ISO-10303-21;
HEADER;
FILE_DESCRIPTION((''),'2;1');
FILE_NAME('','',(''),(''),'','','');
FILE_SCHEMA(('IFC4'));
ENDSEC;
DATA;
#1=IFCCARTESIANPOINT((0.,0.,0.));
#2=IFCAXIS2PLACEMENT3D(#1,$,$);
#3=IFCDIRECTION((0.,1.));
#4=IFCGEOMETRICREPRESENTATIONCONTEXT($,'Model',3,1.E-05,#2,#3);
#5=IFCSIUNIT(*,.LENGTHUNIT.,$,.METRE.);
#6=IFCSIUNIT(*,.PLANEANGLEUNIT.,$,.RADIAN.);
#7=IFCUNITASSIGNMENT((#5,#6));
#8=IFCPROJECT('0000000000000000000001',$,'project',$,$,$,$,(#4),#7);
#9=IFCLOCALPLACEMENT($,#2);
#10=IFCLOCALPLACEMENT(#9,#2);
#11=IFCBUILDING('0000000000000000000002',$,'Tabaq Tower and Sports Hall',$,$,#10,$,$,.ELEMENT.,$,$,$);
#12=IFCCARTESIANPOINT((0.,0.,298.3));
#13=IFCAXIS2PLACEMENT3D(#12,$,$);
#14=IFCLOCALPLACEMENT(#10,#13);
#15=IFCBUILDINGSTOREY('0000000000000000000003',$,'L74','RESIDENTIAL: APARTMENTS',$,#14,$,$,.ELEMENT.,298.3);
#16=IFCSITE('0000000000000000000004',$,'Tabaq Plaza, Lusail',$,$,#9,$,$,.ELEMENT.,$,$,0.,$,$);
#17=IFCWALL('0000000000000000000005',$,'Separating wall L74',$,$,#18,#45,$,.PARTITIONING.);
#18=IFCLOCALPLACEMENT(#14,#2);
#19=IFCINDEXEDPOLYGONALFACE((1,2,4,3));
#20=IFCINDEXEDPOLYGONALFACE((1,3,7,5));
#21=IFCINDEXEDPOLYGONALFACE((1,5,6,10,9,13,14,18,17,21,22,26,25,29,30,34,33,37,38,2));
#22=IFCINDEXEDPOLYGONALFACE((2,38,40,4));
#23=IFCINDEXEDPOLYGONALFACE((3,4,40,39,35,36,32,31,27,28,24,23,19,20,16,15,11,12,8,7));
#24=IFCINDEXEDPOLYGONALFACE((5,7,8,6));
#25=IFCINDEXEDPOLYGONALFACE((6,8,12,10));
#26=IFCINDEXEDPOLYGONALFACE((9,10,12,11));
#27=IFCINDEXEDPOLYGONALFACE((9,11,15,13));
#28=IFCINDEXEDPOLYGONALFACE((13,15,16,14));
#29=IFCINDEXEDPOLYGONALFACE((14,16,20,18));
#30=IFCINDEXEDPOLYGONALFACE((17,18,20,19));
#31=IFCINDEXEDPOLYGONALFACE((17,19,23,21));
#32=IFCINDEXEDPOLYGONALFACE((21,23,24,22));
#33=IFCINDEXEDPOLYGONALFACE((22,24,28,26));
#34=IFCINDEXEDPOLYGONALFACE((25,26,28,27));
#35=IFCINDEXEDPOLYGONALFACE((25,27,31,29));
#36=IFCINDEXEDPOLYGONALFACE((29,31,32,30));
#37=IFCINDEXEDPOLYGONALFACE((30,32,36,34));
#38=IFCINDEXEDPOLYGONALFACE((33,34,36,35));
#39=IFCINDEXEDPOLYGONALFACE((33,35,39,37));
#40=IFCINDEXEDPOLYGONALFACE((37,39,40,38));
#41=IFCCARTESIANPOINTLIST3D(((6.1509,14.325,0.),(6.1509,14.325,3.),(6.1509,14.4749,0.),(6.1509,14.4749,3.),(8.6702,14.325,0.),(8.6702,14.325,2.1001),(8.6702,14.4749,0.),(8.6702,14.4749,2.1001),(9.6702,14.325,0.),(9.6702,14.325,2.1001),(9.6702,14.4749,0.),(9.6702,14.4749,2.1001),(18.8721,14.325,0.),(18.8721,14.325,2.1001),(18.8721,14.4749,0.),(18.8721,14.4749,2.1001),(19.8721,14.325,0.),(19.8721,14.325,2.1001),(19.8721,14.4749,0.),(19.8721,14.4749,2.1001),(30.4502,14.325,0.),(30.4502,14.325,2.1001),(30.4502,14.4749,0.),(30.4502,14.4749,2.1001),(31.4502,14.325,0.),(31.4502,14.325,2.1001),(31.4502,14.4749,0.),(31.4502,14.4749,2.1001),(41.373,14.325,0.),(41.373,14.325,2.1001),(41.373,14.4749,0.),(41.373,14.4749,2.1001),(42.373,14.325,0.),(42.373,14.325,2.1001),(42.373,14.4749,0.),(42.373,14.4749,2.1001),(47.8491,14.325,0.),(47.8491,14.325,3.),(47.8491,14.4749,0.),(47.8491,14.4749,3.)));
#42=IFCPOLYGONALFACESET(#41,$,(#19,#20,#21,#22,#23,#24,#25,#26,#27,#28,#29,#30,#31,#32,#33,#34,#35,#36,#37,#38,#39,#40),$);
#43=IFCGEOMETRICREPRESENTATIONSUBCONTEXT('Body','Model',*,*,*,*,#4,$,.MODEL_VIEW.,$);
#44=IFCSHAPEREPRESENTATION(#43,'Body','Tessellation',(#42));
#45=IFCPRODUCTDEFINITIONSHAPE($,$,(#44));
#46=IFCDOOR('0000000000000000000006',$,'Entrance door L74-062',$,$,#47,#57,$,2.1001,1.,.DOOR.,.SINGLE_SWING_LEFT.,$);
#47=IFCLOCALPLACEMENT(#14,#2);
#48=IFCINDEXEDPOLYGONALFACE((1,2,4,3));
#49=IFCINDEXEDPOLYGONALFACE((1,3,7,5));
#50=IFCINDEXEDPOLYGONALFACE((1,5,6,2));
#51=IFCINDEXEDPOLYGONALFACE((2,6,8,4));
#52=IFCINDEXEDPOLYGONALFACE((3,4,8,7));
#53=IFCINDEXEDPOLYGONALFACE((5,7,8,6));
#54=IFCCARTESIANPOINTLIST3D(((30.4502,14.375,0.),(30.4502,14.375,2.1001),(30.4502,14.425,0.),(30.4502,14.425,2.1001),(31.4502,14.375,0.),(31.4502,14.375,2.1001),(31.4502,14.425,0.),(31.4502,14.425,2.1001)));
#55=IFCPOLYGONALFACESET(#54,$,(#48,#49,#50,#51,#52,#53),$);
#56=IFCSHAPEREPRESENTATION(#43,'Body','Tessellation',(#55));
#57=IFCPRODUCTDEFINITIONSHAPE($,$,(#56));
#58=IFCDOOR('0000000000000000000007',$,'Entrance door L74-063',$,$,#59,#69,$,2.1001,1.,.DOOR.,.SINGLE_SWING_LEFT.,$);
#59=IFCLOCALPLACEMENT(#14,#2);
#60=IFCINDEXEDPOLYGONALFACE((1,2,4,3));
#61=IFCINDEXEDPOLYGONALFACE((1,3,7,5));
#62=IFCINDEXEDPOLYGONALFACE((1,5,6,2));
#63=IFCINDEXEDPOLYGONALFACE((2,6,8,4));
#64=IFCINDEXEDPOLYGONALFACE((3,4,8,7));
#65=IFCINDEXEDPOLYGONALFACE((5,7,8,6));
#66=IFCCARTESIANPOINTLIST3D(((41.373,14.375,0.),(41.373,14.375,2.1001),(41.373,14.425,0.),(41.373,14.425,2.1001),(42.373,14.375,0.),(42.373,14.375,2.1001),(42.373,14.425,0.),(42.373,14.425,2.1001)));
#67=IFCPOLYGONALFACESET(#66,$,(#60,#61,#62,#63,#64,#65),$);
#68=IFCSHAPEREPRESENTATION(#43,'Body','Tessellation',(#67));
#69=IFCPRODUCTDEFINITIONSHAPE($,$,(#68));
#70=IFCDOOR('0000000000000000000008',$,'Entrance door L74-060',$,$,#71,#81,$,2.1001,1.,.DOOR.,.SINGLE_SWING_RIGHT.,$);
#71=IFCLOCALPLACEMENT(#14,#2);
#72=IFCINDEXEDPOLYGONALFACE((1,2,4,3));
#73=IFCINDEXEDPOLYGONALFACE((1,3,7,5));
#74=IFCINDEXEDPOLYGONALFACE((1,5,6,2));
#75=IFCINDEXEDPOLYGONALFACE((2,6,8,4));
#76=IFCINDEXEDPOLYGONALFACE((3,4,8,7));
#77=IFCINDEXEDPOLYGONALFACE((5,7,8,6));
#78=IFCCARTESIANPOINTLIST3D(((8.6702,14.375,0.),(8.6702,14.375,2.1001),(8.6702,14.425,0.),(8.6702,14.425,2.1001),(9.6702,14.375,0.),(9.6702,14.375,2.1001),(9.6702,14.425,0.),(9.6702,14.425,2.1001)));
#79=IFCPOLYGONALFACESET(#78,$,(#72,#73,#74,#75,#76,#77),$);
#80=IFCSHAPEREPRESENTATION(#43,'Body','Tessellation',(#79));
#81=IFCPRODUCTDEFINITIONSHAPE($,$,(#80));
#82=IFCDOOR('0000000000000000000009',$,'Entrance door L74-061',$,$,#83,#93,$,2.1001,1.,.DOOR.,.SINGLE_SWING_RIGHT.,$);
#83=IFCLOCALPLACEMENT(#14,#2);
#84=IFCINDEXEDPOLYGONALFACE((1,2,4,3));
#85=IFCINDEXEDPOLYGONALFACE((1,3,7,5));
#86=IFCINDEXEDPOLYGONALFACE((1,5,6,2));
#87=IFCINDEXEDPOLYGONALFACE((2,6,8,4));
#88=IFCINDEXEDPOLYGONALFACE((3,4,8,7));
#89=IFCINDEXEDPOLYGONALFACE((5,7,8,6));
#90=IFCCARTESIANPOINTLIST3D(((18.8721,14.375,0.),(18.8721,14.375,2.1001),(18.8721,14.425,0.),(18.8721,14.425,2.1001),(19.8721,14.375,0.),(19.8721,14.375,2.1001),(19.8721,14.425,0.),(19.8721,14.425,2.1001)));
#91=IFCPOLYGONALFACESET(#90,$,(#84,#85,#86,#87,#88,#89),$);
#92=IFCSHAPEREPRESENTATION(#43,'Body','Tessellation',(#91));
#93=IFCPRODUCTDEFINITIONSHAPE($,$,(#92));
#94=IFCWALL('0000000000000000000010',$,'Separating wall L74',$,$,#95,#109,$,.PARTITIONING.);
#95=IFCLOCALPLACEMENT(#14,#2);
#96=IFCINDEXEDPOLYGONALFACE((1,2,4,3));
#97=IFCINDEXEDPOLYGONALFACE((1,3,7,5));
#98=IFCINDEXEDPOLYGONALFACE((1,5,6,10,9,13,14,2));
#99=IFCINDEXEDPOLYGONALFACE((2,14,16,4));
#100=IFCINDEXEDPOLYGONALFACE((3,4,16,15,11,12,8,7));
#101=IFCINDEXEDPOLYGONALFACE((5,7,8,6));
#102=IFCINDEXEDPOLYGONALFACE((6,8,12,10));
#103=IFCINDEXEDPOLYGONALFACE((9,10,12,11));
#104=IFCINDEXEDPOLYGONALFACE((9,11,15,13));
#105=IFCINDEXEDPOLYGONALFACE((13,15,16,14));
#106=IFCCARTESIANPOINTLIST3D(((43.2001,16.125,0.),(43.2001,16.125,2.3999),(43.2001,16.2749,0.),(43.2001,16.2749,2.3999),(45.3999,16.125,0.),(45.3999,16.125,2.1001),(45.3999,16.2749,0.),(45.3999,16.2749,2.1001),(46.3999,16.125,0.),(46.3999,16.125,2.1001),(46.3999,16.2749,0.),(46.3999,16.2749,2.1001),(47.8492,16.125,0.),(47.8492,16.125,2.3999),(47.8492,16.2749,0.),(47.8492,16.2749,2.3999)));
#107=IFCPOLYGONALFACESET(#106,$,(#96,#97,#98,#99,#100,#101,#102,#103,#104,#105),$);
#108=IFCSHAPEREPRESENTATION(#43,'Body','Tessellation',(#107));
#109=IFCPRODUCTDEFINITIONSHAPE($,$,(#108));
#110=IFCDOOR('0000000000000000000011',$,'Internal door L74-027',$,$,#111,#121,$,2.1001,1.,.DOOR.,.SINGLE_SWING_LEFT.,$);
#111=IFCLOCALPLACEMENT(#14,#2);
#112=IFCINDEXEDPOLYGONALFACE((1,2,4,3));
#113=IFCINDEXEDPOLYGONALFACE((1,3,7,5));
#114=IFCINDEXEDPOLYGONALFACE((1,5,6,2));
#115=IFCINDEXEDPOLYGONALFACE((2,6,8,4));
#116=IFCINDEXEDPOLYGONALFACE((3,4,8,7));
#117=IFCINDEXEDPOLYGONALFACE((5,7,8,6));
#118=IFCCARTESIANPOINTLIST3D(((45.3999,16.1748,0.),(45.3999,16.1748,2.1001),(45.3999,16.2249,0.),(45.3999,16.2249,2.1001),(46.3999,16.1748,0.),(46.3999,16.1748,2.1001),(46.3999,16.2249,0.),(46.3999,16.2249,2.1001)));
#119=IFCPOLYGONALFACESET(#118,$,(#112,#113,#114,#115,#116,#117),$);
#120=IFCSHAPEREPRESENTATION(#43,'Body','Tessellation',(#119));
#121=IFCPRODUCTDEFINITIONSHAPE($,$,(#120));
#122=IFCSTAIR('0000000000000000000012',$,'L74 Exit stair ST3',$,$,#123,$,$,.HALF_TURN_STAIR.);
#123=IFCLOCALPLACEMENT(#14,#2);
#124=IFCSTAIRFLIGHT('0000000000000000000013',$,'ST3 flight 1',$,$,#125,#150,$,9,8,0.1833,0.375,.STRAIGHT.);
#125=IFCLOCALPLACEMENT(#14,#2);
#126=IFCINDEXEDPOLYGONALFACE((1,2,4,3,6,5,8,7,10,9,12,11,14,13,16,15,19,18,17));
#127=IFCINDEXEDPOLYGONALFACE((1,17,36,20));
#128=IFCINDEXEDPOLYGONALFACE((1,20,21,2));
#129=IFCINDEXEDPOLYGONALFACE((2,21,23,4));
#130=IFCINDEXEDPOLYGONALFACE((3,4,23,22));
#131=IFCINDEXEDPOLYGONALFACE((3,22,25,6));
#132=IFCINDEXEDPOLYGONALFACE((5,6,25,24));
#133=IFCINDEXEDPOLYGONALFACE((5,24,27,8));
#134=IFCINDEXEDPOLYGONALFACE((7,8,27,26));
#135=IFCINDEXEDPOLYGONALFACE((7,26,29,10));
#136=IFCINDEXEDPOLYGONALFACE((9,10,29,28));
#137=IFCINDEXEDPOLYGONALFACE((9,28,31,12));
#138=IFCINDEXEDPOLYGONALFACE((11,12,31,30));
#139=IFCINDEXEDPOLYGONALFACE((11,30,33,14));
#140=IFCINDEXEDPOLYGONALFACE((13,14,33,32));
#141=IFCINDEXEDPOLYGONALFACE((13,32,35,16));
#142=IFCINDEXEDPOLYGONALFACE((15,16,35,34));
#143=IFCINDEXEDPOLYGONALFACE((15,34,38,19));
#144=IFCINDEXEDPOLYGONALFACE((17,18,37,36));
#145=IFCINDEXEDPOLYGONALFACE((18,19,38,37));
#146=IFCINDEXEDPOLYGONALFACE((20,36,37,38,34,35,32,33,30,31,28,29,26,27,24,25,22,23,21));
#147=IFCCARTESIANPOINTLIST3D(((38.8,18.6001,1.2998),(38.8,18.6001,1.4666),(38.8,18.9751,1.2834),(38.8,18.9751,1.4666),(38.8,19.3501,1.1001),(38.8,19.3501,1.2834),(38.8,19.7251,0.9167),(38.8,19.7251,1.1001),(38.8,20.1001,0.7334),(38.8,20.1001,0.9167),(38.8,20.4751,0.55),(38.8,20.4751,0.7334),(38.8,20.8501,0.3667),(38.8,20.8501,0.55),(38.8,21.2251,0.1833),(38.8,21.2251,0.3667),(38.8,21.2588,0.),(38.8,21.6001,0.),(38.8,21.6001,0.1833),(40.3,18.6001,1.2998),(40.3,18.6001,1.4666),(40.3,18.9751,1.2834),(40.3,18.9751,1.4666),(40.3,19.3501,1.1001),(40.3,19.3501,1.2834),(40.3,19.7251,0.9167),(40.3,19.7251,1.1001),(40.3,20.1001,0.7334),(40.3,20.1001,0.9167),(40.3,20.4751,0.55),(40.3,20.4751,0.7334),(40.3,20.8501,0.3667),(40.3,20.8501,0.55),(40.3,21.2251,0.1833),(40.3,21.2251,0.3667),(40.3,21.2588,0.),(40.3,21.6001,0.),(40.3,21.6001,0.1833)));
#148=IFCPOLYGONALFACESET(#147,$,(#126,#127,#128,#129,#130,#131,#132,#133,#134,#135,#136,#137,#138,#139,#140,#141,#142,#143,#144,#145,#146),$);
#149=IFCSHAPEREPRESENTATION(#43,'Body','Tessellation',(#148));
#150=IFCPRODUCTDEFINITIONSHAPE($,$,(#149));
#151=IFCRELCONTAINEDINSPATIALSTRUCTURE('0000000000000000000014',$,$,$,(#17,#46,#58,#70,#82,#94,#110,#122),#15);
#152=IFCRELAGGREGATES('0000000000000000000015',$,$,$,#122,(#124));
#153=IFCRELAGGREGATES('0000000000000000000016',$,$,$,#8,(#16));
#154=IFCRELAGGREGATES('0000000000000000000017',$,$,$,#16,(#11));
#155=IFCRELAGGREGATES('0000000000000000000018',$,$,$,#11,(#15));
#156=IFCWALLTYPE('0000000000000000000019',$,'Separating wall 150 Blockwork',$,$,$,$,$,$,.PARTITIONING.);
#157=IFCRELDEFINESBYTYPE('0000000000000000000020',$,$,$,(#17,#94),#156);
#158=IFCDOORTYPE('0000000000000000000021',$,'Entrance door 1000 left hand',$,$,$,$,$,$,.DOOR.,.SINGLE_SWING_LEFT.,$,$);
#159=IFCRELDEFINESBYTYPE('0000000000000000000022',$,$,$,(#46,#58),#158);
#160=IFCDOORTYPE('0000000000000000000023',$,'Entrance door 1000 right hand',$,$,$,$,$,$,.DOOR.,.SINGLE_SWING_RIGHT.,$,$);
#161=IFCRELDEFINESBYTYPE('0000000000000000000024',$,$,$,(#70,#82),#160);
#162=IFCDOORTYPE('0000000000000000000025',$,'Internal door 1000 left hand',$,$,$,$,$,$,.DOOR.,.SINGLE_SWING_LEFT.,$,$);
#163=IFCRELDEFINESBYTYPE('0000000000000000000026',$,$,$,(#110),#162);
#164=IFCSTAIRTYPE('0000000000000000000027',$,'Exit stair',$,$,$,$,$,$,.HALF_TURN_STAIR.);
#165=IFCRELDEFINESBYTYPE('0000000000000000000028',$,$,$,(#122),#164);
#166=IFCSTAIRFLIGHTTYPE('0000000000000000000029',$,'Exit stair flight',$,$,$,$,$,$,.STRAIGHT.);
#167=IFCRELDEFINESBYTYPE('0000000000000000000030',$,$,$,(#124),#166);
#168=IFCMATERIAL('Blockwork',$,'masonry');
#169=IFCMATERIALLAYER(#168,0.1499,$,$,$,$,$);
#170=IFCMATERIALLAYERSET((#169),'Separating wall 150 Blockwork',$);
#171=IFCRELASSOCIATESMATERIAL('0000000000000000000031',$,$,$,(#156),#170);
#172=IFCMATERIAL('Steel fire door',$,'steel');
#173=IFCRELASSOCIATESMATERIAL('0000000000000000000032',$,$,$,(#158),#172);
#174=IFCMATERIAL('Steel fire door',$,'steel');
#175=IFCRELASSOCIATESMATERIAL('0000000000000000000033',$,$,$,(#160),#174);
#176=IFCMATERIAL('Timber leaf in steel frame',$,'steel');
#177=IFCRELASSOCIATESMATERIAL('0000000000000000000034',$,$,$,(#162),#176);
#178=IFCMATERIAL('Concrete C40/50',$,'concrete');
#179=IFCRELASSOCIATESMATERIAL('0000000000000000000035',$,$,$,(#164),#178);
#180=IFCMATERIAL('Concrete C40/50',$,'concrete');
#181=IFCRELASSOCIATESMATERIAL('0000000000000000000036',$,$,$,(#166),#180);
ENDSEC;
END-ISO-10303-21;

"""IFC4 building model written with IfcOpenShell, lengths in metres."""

from ifc_helpers import new_model, si_unit, direction, frame, frame_2d, origin, place, context, subcontext, project, spatial, polyline, rectangle, outline, extrude, material, layer, layer_set, type_object, element, fill, aggregate, save


model = new_model("IFC4")

# Units and contexts
model_context = context("Model", 3, precision=1e-05, world=origin(), true_north=direction((0.0, 1.0)))
body_context = subcontext(model_context, "Body", "Model", "MODEL_VIEW")
ifc_project = project(units=[si_unit("LENGTHUNIT", "METRE"), si_unit("PLANEANGLEUNIT", "RADIAN")], contexts=[model_context])

# Site, building, storey
site_placement = place(None, origin())
site = spatial("IfcSite", under=ifc_project, at=site_placement, Name="Tabaq Plaza, Lusail", CompositionType="ELEMENT", RefElevation=0.0)
building_placement = place(site_placement, origin())
building = spatial("IfcBuilding", under=site, at=building_placement, Name="Tabaq Tower and Sports Hall", CompositionType="ELEMENT")
storey_placement = place(building_placement, frame((0.0, 0.0, 298.3)))
storey = spatial("IfcBuildingStorey", under=building, at=storey_placement, Name="L74", Description="RESIDENTIAL: APARTMENTS", CompositionType="ELEMENT", Elevation=298.3)

# Wall, openings, doors
ifc_material_1 = material(Name="Blockwork", Category="masonry")
ifc_layer_1 = layer(ifc_material_1, 0.1499)
ifc_layer_set_1 = layer_set([ifc_layer_1], Name="Separating wall 150 Blockwork")
wall_type_1 = type_object("IfcWallType", Name="Separating wall 150 Blockwork", PredefinedType="PARTITIONING", material=ifc_layer_set_1)
wall_1_placement = place(storey_placement, frame((47.8491, 14.3999, 0.0), z_axis=(0.0, 0.0, 1.0), x_axis=(-1.0, 0.0, 0.0)))
wall_1 = element("IfcWall", 1, at=wall_1_placement, inside=storey, type_object=wall_type_1, Name="Separating wall L74", PredefinedType="PARTITIONING", context=body_context, shape_type="SweptSolid", body=[
    extrude(rectangle(XDim=41.6982, YDim=0.1499, at=frame_2d((20.8491, 0.0))), origin(), (0.0, 0.0, 1.0), 3.0),
])
opening_1_placement = place(wall_1_placement, frame((38.179, 0.0, 0.0)))
opening_1 = element("IfcOpeningElement", 2, at=opening_1_placement, cuts=wall_1, PredefinedType="OPENING", context=body_context, shape_type="SweptSolid", body=[
    extrude(rectangle(XDim=1.0, YDim=2.1001, at=frame_2d((0.5, 1.05))), frame((0.0, 0.075, 0.0), z_axis=(0.0, -1.0, 0.0), x_axis=(1.0, 0.0, 0.0)), (0.0, 0.0, 1.0), 0.1499),
])
opening_2_placement = place(wall_1_placement, frame((27.9771, 0.0, 0.0)))
opening_2 = element("IfcOpeningElement", 3, at=opening_2_placement, cuts=wall_1, PredefinedType="OPENING", context=body_context, shape_type="SweptSolid", body=[
    extrude(rectangle(XDim=1.0, YDim=2.1001, at=frame_2d((0.5, 1.05))), frame((0.0, 0.075, 0.0), z_axis=(0.0, -1.0, 0.0), x_axis=(1.0, 0.0, 0.0)), (0.0, 0.0, 1.0), 0.1499),
])
opening_3_placement = place(wall_1_placement, frame((16.3989, 0.0, 0.0)))
opening_3 = element("IfcOpeningElement", 4, at=opening_3_placement, cuts=wall_1, PredefinedType="OPENING", context=body_context, shape_type="SweptSolid", body=[
    extrude(rectangle(XDim=1.0, YDim=2.1001, at=frame_2d((0.5, 1.05))), frame((0.0, 0.075, 0.0), z_axis=(0.0, -1.0, 0.0), x_axis=(1.0, 0.0, 0.0)), (0.0, 0.0, 1.0), 0.1499),
])
opening_4_placement = place(wall_1_placement, frame((5.4761, 0.0, 0.0)))
opening_4 = element("IfcOpeningElement", 5, at=opening_4_placement, cuts=wall_1, PredefinedType="OPENING", context=body_context, shape_type="SweptSolid", body=[
    extrude(rectangle(XDim=1.0, YDim=2.1001, at=frame_2d((0.5, 1.05))), frame((0.0, 0.075, 0.0), z_axis=(0.0, -1.0, 0.0), x_axis=(1.0, 0.0, 0.0)), (0.0, 0.0, 1.0), 0.1499),
])
ifc_material_2 = material(Name="Steel fire door", Category="steel")
door_type_1 = type_object("IfcDoorType", Name="Entrance door 1000 left hand", OperationType="SINGLE_SWING_LEFT", PredefinedType="DOOR", material=ifc_material_2)
door_1_placement = place(opening_3_placement, origin())
door_1 = element("IfcDoor", 6, at=door_1_placement, inside=storey, type_object=door_type_1, Name="Entrance door L74-062", OperationType="SINGLE_SWING_LEFT", OverallHeight=2.1001, OverallWidth=1.0, PredefinedType="DOOR", context=body_context, shape_type="SweptSolid", body=[
    extrude(rectangle(XDim=1.0, YDim=2.1001, at=frame_2d((0.5, 1.05))), frame((0.0, 0.0249, 0.0), z_axis=(0.0, -1.0, 0.0), x_axis=(1.0, 0.0, 0.0)), (0.0, 0.0, 1.0), 0.05),
])
fill(opening_3, door_1)
door_2_placement = place(opening_4_placement, origin())
door_2 = element("IfcDoor", 7, at=door_2_placement, inside=storey, type_object=door_type_1, Name="Entrance door L74-063", OperationType="SINGLE_SWING_LEFT", OverallHeight=2.1001, OverallWidth=1.0, PredefinedType="DOOR", context=body_context, shape_type="SweptSolid", body=[
    extrude(rectangle(XDim=1.0, YDim=2.1001, at=frame_2d((0.5, 1.05))), frame((0.0, 0.0249, 0.0), z_axis=(0.0, -1.0, 0.0), x_axis=(1.0, 0.0, 0.0)), (0.0, 0.0, 1.0), 0.05),
])
fill(opening_4, door_2)
ifc_material_3 = material(Name="Steel fire door", Category="steel")
door_type_2 = type_object("IfcDoorType", Name="Entrance door 1000 right hand", OperationType="SINGLE_SWING_RIGHT", PredefinedType="DOOR", material=ifc_material_3)
door_3_placement = place(opening_1_placement, origin())
door_3 = element("IfcDoor", 8, at=door_3_placement, inside=storey, type_object=door_type_2, Name="Entrance door L74-060", OperationType="SINGLE_SWING_RIGHT", OverallHeight=2.1001, OverallWidth=1.0, PredefinedType="DOOR", context=body_context, shape_type="SweptSolid", body=[
    extrude(rectangle(XDim=1.0, YDim=2.1001, at=frame_2d((0.5, 1.05))), frame((0.0, 0.0249, 0.0), z_axis=(0.0, -1.0, 0.0), x_axis=(1.0, 0.0, 0.0)), (0.0, 0.0, 1.0), 0.05),
])
fill(opening_1, door_3)
door_4_placement = place(opening_2_placement, origin())
door_4 = element("IfcDoor", 9, at=door_4_placement, inside=storey, type_object=door_type_2, Name="Entrance door L74-061", OperationType="SINGLE_SWING_RIGHT", OverallHeight=2.1001, OverallWidth=1.0, PredefinedType="DOOR", context=body_context, shape_type="SweptSolid", body=[
    extrude(rectangle(XDim=1.0, YDim=2.1001, at=frame_2d((0.5, 1.05))), frame((0.0, 0.0249, 0.0), z_axis=(0.0, -1.0, 0.0), x_axis=(1.0, 0.0, 0.0)), (0.0, 0.0, 1.0), 0.05),
])
fill(opening_2, door_4)

# Wall, opening, door
wall_2_placement = place(storey_placement, frame((43.2, 16.2, 0.0), z_axis=(0.0, 0.0, 1.0), x_axis=(1.0, 0.0, 0.0)))
wall_2 = element("IfcWall", 10, at=wall_2_placement, inside=storey, type_object=wall_type_1, Name="Separating wall L74", PredefinedType="PARTITIONING", context=body_context, shape_type="SweptSolid", body=[
    extrude(rectangle(XDim=4.6492, YDim=0.1499, at=frame_2d((2.3247, 0.0))), origin(), (0.0, 0.0, 1.0), 2.3999),
])
opening_5_placement = place(wall_2_placement, frame((2.2, 0.0, 0.0)))
opening_5 = element("IfcOpeningElement", 11, at=opening_5_placement, cuts=wall_2, PredefinedType="OPENING", context=body_context, shape_type="SweptSolid", body=[
    extrude(rectangle(XDim=1.0, YDim=2.1001, at=frame_2d((0.5, 1.05))), frame((0.0, 0.075, 0.0), z_axis=(0.0, -1.0, 0.0), x_axis=(1.0, 0.0, 0.0)), (0.0, 0.0, 1.0), 0.1499),
])
ifc_material_4 = material(Name="Timber leaf in steel frame", Category="steel")
door_type_3 = type_object("IfcDoorType", Name="Internal door 1000 left hand", OperationType="SINGLE_SWING_LEFT", PredefinedType="DOOR", material=ifc_material_4)
door_5_placement = place(opening_5_placement, origin())
door_5 = element("IfcDoor", 12, at=door_5_placement, inside=storey, type_object=door_type_3, Name="Internal door L74-027", OperationType="SINGLE_SWING_LEFT", OverallHeight=2.1001, OverallWidth=1.0, PredefinedType="DOOR", context=body_context, shape_type="SweptSolid", body=[
    extrude(rectangle(XDim=1.0, YDim=2.1001, at=frame_2d((0.5, 1.05))), frame((0.0, 0.0249, 0.0), z_axis=(0.0, -1.0, 0.0), x_axis=(1.0, 0.0, 0.0)), (0.0, 0.0, 1.0), 0.05),
])
fill(opening_5, door_5)

# Stair, stair flight
ifc_material_5 = material(Name="Concrete C40/50", Category="concrete")
stair_type = type_object("IfcStairType", Name="Exit stair", PredefinedType="HALF_TURN_STAIR", material=ifc_material_5)
stair_placement = place(storey_placement, origin())
stair = element("IfcStair", 13, at=stair_placement, inside=storey, type_object=stair_type, Name="L74 Exit stair ST3", PredefinedType="HALF_TURN_STAIR")
ifc_material_6 = material(Name="Concrete C40/50", Category="concrete")
stair_flight_type = type_object("IfcStairFlightType", Name="Exit stair flight", PredefinedType="STRAIGHT", material=ifc_material_6)
stair_flight_1_placement = place(storey_placement, frame((39.55, 21.6001, 0.0), z_axis=(0.0, 0.0, 1.0), x_axis=(0.0, -1.0, 0.0)))
stair_flight_1 = element("IfcStairFlight", 14, at=stair_flight_1_placement, type_object=stair_flight_type, Name="ST3 flight 1", NumberOfRisers=9, NumberOfTreads=8, PredefinedType="STRAIGHT", RiserHeight=0.1833, TreadLength=0.375, context=body_context, shape_type="SweptSolid", body=[
    extrude(outline(polyline([(0.0, 0.0), (0.0, 0.1833), (0.375, 0.1833), (0.375, 0.3667), (0.75, 0.3667), (0.75, 0.55), (1.125, 0.55), (1.125, 0.7334), (1.5, 0.7334), (1.5, 0.9167), (1.875, 0.9167), (1.875, 1.1001), (2.25, 1.1001), (2.25, 1.2834), (2.625, 1.2834), (2.625, 1.4666), (3.0, 1.4666), (3.0, 1.6499), (3.0, 1.2998), (0.3413, 0.0), (0.0, 0.0)])), frame((0.0, 0.75, 0.0), z_axis=(0.0, -1.0, 0.0), x_axis=(1.0, 0.0, 0.0)), (0.0, 0.0, 1.0), 1.5),
])
aggregate(stair, [stair_flight_1])

save(model, "model.ifc")
